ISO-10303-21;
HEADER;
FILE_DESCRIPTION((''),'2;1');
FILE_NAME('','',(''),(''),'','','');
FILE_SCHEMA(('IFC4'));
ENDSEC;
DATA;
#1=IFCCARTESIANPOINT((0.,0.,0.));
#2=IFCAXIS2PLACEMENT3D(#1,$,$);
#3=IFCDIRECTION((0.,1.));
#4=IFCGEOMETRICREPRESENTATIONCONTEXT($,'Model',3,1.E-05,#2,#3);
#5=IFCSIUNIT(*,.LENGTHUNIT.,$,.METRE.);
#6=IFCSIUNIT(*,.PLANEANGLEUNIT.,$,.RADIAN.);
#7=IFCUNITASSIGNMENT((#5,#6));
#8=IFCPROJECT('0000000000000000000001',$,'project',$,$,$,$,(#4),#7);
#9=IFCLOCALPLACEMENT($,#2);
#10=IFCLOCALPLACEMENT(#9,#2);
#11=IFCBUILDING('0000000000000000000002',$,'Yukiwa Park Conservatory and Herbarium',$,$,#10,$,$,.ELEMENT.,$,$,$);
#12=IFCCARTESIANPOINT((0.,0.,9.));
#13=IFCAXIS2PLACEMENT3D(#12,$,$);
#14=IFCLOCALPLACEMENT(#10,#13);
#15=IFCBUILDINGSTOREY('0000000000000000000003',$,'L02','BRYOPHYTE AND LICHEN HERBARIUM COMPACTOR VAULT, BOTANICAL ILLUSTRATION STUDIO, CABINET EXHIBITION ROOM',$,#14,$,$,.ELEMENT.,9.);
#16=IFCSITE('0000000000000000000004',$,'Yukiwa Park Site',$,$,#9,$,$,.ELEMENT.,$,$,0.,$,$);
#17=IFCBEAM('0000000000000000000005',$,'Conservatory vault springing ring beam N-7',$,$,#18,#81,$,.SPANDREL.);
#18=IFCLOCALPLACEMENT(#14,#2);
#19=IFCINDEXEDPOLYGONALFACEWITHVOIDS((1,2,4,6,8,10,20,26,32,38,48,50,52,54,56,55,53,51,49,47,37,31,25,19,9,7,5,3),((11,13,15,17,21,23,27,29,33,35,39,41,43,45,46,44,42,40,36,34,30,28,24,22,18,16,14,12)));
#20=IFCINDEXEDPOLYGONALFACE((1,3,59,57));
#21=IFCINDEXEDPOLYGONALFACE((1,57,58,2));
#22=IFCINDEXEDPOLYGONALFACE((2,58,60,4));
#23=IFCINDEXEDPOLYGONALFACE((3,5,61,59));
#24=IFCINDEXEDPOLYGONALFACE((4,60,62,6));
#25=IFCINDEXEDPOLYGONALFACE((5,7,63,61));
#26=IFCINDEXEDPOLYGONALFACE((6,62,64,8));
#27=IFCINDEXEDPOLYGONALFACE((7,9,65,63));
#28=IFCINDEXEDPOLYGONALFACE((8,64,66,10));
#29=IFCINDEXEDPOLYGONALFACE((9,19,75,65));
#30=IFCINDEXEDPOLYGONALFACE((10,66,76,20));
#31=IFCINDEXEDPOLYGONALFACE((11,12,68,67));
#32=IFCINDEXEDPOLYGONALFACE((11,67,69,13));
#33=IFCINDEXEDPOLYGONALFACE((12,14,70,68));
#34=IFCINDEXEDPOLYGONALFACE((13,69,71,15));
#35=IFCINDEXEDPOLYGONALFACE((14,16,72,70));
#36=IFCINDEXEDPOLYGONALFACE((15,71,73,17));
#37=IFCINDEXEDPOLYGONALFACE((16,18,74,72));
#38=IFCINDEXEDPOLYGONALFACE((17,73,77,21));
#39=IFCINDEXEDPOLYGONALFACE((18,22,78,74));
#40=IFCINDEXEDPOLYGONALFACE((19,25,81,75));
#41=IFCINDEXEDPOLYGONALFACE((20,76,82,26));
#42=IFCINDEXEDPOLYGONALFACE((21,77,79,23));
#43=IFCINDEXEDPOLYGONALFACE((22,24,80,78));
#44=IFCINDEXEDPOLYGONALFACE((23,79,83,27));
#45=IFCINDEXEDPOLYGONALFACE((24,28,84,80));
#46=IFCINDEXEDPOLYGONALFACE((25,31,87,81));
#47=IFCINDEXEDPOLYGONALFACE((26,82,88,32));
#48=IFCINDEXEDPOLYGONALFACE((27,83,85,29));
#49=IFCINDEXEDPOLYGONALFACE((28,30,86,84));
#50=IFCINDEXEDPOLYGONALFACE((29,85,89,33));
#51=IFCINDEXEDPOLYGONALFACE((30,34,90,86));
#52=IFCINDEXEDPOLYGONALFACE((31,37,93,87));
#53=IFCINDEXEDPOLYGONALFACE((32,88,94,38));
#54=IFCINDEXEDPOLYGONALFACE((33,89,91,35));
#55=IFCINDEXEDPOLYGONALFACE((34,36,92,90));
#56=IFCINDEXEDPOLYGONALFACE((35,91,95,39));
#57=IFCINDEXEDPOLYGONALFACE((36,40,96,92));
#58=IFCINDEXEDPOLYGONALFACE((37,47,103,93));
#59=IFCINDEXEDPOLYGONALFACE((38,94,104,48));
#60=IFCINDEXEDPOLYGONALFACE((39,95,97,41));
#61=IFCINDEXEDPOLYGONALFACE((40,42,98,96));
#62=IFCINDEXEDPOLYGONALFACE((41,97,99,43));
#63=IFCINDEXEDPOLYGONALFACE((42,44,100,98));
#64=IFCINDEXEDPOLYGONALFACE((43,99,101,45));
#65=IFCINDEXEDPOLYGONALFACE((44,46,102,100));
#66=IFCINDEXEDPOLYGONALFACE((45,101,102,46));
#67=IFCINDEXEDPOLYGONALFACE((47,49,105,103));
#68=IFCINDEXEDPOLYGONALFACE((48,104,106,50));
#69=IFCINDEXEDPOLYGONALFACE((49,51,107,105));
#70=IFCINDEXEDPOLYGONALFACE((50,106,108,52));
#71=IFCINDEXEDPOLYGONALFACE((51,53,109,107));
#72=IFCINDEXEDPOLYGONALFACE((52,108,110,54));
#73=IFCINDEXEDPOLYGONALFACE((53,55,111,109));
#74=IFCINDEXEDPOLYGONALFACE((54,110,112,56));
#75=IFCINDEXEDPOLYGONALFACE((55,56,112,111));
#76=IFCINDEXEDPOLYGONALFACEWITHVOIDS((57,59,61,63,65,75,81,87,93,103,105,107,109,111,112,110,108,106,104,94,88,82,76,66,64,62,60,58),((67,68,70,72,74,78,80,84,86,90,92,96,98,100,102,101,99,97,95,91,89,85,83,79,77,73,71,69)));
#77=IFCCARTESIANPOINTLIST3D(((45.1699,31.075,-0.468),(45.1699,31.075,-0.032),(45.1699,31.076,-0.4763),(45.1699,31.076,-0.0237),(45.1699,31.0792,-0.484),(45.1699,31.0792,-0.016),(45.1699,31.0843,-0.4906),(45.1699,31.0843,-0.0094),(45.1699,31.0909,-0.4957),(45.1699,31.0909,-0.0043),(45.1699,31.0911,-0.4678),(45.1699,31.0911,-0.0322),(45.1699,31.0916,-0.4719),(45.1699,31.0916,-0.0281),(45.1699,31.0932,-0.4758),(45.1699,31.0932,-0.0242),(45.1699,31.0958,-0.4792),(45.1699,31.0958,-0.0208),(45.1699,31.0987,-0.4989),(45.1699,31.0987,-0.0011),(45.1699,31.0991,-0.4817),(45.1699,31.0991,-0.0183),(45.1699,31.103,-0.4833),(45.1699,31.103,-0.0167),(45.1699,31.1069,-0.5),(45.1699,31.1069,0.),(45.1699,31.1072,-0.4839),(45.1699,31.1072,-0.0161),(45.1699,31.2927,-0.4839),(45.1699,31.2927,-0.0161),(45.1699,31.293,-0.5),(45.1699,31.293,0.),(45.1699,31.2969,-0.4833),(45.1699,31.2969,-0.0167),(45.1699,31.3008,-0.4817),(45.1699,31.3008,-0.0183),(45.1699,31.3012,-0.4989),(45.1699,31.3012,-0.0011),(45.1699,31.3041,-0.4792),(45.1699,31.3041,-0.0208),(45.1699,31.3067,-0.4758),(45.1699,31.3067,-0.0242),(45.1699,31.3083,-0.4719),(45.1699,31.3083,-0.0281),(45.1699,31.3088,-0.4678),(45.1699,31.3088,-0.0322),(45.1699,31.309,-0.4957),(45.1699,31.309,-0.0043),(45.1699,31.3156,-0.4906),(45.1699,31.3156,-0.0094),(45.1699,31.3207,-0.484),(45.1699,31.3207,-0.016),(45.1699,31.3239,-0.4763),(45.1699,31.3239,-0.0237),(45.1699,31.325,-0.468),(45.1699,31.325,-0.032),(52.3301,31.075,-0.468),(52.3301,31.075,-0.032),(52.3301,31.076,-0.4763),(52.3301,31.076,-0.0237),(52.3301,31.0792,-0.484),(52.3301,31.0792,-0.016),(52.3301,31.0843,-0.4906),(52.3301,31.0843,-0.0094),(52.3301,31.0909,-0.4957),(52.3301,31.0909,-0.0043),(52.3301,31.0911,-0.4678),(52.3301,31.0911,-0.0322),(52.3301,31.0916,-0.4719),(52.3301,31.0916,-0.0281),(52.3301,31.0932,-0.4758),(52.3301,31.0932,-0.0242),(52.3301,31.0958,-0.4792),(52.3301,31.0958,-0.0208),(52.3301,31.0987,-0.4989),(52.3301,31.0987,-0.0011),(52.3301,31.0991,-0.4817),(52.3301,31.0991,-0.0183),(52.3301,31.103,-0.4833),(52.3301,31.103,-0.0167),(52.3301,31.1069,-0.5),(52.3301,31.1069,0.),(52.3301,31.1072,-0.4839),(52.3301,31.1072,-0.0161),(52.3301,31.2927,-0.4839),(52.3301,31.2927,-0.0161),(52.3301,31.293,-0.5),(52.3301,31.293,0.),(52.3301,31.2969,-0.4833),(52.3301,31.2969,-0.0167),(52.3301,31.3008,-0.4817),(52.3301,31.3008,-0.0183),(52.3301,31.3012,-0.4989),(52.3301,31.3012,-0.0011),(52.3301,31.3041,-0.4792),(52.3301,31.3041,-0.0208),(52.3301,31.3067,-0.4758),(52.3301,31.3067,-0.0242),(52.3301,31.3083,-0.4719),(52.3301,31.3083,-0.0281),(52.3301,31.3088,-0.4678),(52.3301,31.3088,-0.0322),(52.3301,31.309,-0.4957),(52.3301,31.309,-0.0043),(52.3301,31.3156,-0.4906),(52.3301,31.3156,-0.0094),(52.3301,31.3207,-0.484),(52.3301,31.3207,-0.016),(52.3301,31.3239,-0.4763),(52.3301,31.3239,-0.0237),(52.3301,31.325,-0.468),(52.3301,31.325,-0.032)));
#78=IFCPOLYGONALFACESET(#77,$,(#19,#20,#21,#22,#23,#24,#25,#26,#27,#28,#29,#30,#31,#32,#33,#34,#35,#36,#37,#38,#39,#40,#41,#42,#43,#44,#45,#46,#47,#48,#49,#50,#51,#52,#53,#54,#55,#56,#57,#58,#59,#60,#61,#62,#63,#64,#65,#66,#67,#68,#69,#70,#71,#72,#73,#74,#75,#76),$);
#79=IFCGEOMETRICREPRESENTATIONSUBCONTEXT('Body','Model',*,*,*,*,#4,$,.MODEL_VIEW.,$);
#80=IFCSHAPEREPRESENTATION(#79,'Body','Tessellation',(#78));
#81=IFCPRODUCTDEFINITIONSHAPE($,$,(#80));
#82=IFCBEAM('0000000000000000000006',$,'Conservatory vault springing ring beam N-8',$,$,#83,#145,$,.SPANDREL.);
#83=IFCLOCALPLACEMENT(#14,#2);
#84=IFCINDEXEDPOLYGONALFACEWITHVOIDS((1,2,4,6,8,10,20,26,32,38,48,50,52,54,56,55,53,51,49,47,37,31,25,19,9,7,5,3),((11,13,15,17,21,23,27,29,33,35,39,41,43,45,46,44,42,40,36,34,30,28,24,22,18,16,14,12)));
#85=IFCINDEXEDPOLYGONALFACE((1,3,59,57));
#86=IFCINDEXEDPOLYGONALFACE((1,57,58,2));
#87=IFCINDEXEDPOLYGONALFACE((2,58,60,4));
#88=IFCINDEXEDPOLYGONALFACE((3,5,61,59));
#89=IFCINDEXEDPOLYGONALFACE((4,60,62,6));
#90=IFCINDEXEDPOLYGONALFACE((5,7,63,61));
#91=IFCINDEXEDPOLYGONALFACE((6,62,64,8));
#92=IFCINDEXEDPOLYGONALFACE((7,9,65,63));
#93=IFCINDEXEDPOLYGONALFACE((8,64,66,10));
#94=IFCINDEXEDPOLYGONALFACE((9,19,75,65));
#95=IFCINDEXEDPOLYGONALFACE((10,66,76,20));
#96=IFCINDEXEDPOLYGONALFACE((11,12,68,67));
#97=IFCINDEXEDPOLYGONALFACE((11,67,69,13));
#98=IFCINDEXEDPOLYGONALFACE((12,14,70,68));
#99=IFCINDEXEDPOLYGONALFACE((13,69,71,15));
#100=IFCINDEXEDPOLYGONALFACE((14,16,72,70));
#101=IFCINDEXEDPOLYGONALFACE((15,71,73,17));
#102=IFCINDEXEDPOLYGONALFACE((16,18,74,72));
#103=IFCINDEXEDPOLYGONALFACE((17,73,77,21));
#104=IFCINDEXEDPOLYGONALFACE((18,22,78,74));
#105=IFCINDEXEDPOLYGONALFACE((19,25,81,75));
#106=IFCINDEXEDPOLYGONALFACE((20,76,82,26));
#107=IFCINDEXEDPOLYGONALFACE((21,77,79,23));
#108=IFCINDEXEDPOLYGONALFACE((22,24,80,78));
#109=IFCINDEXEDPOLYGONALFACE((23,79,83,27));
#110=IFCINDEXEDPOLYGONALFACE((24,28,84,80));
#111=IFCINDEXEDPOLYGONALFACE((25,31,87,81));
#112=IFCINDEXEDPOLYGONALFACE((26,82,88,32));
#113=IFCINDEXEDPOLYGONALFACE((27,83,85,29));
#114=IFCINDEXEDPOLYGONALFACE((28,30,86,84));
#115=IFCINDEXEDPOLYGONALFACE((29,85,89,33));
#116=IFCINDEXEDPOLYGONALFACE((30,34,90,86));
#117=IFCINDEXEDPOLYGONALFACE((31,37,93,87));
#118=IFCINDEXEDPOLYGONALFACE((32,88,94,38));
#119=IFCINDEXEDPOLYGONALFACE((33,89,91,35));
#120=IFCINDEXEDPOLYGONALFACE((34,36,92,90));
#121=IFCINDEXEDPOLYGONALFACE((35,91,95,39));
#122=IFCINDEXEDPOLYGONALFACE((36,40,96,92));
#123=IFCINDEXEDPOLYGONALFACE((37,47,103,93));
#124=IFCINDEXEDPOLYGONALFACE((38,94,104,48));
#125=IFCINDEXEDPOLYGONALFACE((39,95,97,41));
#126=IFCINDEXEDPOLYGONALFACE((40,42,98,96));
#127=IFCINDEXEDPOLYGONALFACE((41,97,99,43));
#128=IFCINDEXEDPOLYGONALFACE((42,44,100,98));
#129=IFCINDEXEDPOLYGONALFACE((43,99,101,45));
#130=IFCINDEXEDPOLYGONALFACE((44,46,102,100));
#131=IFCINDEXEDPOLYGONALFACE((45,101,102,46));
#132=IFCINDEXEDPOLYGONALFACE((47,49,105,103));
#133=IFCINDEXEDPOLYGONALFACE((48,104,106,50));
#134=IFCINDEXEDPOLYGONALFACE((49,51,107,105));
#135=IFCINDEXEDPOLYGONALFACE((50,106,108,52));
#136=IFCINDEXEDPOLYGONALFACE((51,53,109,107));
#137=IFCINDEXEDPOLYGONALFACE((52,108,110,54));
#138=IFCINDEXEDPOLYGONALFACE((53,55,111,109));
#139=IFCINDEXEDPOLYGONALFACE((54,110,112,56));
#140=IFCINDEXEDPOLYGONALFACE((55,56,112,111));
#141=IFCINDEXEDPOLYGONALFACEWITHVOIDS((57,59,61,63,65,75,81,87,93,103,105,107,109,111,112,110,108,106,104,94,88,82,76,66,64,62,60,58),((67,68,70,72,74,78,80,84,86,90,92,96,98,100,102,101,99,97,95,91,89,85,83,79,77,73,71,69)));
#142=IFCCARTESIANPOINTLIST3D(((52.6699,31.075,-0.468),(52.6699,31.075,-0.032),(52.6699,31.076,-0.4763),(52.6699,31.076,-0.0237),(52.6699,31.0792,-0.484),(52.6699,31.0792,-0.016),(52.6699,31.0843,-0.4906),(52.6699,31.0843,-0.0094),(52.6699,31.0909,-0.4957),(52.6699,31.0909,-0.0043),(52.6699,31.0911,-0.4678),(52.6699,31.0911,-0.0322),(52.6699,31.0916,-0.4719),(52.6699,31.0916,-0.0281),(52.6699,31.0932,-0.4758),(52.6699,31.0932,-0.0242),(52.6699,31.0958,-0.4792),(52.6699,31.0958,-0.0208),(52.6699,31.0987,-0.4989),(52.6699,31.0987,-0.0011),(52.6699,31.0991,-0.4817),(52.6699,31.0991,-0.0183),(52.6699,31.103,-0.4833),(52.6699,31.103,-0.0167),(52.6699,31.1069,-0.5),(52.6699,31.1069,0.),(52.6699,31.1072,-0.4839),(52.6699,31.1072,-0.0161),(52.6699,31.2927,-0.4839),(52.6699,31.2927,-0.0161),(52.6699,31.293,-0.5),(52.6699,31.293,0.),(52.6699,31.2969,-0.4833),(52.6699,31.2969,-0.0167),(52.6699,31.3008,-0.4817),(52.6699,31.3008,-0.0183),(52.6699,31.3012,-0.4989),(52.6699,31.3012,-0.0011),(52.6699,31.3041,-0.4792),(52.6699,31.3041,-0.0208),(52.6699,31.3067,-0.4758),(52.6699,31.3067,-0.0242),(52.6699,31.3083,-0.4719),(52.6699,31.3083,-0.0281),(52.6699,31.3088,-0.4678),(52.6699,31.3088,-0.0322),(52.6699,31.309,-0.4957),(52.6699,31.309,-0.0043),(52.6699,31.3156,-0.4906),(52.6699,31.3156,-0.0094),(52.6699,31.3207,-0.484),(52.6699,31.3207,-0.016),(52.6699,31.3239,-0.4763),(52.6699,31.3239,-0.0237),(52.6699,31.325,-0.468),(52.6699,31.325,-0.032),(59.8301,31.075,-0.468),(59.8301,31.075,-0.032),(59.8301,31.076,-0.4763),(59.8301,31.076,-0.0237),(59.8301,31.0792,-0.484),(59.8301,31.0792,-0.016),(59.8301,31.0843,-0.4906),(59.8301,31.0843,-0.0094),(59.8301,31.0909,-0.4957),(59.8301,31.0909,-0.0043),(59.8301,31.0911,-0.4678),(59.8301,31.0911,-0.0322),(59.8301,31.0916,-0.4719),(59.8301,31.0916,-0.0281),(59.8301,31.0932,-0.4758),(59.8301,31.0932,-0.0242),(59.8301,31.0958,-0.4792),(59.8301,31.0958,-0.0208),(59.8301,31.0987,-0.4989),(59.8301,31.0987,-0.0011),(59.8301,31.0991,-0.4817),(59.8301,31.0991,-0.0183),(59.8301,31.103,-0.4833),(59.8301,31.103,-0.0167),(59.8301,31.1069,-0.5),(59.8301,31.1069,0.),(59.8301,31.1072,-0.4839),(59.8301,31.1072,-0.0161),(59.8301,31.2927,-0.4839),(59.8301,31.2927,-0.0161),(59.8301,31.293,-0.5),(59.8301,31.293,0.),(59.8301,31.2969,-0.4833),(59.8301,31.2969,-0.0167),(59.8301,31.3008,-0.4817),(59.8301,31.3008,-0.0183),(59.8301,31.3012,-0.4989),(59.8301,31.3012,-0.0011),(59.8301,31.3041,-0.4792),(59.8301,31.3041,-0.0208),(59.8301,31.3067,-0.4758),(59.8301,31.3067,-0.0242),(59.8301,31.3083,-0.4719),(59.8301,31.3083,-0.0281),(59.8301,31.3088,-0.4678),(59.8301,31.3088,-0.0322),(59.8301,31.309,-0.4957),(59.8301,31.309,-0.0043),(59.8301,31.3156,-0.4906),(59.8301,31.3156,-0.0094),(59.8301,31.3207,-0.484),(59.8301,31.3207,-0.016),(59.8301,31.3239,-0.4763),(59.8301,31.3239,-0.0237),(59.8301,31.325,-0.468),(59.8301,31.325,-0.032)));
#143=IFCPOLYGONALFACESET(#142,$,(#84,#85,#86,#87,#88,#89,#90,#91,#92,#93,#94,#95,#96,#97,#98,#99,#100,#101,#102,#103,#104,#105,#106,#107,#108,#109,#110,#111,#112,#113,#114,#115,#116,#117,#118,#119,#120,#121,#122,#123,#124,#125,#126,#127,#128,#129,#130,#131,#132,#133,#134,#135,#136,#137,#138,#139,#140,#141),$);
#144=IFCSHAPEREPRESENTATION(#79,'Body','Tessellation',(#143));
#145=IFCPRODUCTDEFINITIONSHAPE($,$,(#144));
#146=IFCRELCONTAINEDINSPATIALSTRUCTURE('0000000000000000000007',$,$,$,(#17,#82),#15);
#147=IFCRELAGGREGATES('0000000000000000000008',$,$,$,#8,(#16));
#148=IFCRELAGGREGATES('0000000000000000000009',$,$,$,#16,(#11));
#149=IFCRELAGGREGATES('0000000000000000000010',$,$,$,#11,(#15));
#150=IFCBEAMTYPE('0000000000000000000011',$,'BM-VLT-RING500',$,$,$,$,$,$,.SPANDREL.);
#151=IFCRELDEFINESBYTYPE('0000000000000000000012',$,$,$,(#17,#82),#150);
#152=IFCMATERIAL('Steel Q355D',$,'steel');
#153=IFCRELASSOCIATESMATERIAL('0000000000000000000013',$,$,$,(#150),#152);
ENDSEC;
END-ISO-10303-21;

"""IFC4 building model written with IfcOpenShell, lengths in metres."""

from ifc_helpers import new_model, si_unit, direction, frame, origin, origin_2d, place, context, subcontext, project, spatial, hollow_rectangle, extrude, material, material_profile, profile_set, type_object, element, save


model = new_model("IFC4")

# Units and contexts
model_context = context("Model", 3, precision=1e-05, world=origin(), true_north=direction((0.0, 1.0)))
body_context = subcontext(model_context, "Body", "Model", "MODEL_VIEW")
ifc_project = project(units=[si_unit("LENGTHUNIT", "METRE"), si_unit("PLANEANGLEUNIT", "RADIAN")], contexts=[model_context])

# Site, building, storey
site_placement = place(None, origin())
site = spatial("IfcSite", under=ifc_project, at=site_placement, Name="Yukiwa Park Site", CompositionType="ELEMENT", RefElevation=0.0)
building_placement = place(site_placement, origin())
building = spatial("IfcBuilding", under=site, at=building_placement, Name="Yukiwa Park Conservatory and Herbarium", CompositionType="ELEMENT")
storey_placement = place(building_placement, frame((0.0, 0.0, 9.0)))
storey = spatial("IfcBuildingStorey", under=building, at=storey_placement, Name="L02", Description="BRYOPHYTE AND LICHEN HERBARIUM COMPACTOR VAULT, BOTANICAL ILLUSTRATION STUDIO, CABINET EXHIBITION ROOM", CompositionType="ELEMENT", Elevation=9.0)

# Beams
ifc_material_1 = material(Name="Steel Q355D", Category="steel")
ifc_material_profile_1 = material_profile(ifc_material_1, hollow_rectangle(XDim=0.25, YDim=0.5, WallThickness=0.0161, InnerFilletRadius=0.0161, OuterFilletRadius=0.032, at=origin_2d()), Name="RHS 500x250x16")
ifc_profile_set_1 = profile_set([ifc_material_profile_1], Name="Steel Q355D")
beam_type_1 = type_object("IfcBeamType", Name="BM-VLT-RING500", PredefinedType="SPANDREL", material=ifc_profile_set_1)
for number, where, z_axis, x_axis, name in (
    (1, (45.1699, 31.2, -0.25), (1.0, 0.0, 0.0), (0.0, 1.0, 0.0), "Conservatory vault springing ring beam N-7"),
    (2, (52.6699, 31.2, -0.25), (1.0, 0.0, 0.0), (0.0, 1.0, 0.0), "Conservatory vault springing ring beam N-8"),
):
    element("IfcBeam", number, at=place(storey_placement, frame(where, z_axis=z_axis, x_axis=x_axis)), inside=storey, type_object=beam_type_1, Name=name, PredefinedType="SPANDREL", context=body_context, shape_type="SweptSolid", body=[
        extrude(hollow_rectangle(XDim=0.25, YDim=0.5, WallThickness=0.0161, InnerFilletRadius=0.0161, OuterFilletRadius=0.032, at=origin_2d()), origin(), (0.0, 0.0, 1.0), 7.1602),
    ])

save(model, "model.ifc")
